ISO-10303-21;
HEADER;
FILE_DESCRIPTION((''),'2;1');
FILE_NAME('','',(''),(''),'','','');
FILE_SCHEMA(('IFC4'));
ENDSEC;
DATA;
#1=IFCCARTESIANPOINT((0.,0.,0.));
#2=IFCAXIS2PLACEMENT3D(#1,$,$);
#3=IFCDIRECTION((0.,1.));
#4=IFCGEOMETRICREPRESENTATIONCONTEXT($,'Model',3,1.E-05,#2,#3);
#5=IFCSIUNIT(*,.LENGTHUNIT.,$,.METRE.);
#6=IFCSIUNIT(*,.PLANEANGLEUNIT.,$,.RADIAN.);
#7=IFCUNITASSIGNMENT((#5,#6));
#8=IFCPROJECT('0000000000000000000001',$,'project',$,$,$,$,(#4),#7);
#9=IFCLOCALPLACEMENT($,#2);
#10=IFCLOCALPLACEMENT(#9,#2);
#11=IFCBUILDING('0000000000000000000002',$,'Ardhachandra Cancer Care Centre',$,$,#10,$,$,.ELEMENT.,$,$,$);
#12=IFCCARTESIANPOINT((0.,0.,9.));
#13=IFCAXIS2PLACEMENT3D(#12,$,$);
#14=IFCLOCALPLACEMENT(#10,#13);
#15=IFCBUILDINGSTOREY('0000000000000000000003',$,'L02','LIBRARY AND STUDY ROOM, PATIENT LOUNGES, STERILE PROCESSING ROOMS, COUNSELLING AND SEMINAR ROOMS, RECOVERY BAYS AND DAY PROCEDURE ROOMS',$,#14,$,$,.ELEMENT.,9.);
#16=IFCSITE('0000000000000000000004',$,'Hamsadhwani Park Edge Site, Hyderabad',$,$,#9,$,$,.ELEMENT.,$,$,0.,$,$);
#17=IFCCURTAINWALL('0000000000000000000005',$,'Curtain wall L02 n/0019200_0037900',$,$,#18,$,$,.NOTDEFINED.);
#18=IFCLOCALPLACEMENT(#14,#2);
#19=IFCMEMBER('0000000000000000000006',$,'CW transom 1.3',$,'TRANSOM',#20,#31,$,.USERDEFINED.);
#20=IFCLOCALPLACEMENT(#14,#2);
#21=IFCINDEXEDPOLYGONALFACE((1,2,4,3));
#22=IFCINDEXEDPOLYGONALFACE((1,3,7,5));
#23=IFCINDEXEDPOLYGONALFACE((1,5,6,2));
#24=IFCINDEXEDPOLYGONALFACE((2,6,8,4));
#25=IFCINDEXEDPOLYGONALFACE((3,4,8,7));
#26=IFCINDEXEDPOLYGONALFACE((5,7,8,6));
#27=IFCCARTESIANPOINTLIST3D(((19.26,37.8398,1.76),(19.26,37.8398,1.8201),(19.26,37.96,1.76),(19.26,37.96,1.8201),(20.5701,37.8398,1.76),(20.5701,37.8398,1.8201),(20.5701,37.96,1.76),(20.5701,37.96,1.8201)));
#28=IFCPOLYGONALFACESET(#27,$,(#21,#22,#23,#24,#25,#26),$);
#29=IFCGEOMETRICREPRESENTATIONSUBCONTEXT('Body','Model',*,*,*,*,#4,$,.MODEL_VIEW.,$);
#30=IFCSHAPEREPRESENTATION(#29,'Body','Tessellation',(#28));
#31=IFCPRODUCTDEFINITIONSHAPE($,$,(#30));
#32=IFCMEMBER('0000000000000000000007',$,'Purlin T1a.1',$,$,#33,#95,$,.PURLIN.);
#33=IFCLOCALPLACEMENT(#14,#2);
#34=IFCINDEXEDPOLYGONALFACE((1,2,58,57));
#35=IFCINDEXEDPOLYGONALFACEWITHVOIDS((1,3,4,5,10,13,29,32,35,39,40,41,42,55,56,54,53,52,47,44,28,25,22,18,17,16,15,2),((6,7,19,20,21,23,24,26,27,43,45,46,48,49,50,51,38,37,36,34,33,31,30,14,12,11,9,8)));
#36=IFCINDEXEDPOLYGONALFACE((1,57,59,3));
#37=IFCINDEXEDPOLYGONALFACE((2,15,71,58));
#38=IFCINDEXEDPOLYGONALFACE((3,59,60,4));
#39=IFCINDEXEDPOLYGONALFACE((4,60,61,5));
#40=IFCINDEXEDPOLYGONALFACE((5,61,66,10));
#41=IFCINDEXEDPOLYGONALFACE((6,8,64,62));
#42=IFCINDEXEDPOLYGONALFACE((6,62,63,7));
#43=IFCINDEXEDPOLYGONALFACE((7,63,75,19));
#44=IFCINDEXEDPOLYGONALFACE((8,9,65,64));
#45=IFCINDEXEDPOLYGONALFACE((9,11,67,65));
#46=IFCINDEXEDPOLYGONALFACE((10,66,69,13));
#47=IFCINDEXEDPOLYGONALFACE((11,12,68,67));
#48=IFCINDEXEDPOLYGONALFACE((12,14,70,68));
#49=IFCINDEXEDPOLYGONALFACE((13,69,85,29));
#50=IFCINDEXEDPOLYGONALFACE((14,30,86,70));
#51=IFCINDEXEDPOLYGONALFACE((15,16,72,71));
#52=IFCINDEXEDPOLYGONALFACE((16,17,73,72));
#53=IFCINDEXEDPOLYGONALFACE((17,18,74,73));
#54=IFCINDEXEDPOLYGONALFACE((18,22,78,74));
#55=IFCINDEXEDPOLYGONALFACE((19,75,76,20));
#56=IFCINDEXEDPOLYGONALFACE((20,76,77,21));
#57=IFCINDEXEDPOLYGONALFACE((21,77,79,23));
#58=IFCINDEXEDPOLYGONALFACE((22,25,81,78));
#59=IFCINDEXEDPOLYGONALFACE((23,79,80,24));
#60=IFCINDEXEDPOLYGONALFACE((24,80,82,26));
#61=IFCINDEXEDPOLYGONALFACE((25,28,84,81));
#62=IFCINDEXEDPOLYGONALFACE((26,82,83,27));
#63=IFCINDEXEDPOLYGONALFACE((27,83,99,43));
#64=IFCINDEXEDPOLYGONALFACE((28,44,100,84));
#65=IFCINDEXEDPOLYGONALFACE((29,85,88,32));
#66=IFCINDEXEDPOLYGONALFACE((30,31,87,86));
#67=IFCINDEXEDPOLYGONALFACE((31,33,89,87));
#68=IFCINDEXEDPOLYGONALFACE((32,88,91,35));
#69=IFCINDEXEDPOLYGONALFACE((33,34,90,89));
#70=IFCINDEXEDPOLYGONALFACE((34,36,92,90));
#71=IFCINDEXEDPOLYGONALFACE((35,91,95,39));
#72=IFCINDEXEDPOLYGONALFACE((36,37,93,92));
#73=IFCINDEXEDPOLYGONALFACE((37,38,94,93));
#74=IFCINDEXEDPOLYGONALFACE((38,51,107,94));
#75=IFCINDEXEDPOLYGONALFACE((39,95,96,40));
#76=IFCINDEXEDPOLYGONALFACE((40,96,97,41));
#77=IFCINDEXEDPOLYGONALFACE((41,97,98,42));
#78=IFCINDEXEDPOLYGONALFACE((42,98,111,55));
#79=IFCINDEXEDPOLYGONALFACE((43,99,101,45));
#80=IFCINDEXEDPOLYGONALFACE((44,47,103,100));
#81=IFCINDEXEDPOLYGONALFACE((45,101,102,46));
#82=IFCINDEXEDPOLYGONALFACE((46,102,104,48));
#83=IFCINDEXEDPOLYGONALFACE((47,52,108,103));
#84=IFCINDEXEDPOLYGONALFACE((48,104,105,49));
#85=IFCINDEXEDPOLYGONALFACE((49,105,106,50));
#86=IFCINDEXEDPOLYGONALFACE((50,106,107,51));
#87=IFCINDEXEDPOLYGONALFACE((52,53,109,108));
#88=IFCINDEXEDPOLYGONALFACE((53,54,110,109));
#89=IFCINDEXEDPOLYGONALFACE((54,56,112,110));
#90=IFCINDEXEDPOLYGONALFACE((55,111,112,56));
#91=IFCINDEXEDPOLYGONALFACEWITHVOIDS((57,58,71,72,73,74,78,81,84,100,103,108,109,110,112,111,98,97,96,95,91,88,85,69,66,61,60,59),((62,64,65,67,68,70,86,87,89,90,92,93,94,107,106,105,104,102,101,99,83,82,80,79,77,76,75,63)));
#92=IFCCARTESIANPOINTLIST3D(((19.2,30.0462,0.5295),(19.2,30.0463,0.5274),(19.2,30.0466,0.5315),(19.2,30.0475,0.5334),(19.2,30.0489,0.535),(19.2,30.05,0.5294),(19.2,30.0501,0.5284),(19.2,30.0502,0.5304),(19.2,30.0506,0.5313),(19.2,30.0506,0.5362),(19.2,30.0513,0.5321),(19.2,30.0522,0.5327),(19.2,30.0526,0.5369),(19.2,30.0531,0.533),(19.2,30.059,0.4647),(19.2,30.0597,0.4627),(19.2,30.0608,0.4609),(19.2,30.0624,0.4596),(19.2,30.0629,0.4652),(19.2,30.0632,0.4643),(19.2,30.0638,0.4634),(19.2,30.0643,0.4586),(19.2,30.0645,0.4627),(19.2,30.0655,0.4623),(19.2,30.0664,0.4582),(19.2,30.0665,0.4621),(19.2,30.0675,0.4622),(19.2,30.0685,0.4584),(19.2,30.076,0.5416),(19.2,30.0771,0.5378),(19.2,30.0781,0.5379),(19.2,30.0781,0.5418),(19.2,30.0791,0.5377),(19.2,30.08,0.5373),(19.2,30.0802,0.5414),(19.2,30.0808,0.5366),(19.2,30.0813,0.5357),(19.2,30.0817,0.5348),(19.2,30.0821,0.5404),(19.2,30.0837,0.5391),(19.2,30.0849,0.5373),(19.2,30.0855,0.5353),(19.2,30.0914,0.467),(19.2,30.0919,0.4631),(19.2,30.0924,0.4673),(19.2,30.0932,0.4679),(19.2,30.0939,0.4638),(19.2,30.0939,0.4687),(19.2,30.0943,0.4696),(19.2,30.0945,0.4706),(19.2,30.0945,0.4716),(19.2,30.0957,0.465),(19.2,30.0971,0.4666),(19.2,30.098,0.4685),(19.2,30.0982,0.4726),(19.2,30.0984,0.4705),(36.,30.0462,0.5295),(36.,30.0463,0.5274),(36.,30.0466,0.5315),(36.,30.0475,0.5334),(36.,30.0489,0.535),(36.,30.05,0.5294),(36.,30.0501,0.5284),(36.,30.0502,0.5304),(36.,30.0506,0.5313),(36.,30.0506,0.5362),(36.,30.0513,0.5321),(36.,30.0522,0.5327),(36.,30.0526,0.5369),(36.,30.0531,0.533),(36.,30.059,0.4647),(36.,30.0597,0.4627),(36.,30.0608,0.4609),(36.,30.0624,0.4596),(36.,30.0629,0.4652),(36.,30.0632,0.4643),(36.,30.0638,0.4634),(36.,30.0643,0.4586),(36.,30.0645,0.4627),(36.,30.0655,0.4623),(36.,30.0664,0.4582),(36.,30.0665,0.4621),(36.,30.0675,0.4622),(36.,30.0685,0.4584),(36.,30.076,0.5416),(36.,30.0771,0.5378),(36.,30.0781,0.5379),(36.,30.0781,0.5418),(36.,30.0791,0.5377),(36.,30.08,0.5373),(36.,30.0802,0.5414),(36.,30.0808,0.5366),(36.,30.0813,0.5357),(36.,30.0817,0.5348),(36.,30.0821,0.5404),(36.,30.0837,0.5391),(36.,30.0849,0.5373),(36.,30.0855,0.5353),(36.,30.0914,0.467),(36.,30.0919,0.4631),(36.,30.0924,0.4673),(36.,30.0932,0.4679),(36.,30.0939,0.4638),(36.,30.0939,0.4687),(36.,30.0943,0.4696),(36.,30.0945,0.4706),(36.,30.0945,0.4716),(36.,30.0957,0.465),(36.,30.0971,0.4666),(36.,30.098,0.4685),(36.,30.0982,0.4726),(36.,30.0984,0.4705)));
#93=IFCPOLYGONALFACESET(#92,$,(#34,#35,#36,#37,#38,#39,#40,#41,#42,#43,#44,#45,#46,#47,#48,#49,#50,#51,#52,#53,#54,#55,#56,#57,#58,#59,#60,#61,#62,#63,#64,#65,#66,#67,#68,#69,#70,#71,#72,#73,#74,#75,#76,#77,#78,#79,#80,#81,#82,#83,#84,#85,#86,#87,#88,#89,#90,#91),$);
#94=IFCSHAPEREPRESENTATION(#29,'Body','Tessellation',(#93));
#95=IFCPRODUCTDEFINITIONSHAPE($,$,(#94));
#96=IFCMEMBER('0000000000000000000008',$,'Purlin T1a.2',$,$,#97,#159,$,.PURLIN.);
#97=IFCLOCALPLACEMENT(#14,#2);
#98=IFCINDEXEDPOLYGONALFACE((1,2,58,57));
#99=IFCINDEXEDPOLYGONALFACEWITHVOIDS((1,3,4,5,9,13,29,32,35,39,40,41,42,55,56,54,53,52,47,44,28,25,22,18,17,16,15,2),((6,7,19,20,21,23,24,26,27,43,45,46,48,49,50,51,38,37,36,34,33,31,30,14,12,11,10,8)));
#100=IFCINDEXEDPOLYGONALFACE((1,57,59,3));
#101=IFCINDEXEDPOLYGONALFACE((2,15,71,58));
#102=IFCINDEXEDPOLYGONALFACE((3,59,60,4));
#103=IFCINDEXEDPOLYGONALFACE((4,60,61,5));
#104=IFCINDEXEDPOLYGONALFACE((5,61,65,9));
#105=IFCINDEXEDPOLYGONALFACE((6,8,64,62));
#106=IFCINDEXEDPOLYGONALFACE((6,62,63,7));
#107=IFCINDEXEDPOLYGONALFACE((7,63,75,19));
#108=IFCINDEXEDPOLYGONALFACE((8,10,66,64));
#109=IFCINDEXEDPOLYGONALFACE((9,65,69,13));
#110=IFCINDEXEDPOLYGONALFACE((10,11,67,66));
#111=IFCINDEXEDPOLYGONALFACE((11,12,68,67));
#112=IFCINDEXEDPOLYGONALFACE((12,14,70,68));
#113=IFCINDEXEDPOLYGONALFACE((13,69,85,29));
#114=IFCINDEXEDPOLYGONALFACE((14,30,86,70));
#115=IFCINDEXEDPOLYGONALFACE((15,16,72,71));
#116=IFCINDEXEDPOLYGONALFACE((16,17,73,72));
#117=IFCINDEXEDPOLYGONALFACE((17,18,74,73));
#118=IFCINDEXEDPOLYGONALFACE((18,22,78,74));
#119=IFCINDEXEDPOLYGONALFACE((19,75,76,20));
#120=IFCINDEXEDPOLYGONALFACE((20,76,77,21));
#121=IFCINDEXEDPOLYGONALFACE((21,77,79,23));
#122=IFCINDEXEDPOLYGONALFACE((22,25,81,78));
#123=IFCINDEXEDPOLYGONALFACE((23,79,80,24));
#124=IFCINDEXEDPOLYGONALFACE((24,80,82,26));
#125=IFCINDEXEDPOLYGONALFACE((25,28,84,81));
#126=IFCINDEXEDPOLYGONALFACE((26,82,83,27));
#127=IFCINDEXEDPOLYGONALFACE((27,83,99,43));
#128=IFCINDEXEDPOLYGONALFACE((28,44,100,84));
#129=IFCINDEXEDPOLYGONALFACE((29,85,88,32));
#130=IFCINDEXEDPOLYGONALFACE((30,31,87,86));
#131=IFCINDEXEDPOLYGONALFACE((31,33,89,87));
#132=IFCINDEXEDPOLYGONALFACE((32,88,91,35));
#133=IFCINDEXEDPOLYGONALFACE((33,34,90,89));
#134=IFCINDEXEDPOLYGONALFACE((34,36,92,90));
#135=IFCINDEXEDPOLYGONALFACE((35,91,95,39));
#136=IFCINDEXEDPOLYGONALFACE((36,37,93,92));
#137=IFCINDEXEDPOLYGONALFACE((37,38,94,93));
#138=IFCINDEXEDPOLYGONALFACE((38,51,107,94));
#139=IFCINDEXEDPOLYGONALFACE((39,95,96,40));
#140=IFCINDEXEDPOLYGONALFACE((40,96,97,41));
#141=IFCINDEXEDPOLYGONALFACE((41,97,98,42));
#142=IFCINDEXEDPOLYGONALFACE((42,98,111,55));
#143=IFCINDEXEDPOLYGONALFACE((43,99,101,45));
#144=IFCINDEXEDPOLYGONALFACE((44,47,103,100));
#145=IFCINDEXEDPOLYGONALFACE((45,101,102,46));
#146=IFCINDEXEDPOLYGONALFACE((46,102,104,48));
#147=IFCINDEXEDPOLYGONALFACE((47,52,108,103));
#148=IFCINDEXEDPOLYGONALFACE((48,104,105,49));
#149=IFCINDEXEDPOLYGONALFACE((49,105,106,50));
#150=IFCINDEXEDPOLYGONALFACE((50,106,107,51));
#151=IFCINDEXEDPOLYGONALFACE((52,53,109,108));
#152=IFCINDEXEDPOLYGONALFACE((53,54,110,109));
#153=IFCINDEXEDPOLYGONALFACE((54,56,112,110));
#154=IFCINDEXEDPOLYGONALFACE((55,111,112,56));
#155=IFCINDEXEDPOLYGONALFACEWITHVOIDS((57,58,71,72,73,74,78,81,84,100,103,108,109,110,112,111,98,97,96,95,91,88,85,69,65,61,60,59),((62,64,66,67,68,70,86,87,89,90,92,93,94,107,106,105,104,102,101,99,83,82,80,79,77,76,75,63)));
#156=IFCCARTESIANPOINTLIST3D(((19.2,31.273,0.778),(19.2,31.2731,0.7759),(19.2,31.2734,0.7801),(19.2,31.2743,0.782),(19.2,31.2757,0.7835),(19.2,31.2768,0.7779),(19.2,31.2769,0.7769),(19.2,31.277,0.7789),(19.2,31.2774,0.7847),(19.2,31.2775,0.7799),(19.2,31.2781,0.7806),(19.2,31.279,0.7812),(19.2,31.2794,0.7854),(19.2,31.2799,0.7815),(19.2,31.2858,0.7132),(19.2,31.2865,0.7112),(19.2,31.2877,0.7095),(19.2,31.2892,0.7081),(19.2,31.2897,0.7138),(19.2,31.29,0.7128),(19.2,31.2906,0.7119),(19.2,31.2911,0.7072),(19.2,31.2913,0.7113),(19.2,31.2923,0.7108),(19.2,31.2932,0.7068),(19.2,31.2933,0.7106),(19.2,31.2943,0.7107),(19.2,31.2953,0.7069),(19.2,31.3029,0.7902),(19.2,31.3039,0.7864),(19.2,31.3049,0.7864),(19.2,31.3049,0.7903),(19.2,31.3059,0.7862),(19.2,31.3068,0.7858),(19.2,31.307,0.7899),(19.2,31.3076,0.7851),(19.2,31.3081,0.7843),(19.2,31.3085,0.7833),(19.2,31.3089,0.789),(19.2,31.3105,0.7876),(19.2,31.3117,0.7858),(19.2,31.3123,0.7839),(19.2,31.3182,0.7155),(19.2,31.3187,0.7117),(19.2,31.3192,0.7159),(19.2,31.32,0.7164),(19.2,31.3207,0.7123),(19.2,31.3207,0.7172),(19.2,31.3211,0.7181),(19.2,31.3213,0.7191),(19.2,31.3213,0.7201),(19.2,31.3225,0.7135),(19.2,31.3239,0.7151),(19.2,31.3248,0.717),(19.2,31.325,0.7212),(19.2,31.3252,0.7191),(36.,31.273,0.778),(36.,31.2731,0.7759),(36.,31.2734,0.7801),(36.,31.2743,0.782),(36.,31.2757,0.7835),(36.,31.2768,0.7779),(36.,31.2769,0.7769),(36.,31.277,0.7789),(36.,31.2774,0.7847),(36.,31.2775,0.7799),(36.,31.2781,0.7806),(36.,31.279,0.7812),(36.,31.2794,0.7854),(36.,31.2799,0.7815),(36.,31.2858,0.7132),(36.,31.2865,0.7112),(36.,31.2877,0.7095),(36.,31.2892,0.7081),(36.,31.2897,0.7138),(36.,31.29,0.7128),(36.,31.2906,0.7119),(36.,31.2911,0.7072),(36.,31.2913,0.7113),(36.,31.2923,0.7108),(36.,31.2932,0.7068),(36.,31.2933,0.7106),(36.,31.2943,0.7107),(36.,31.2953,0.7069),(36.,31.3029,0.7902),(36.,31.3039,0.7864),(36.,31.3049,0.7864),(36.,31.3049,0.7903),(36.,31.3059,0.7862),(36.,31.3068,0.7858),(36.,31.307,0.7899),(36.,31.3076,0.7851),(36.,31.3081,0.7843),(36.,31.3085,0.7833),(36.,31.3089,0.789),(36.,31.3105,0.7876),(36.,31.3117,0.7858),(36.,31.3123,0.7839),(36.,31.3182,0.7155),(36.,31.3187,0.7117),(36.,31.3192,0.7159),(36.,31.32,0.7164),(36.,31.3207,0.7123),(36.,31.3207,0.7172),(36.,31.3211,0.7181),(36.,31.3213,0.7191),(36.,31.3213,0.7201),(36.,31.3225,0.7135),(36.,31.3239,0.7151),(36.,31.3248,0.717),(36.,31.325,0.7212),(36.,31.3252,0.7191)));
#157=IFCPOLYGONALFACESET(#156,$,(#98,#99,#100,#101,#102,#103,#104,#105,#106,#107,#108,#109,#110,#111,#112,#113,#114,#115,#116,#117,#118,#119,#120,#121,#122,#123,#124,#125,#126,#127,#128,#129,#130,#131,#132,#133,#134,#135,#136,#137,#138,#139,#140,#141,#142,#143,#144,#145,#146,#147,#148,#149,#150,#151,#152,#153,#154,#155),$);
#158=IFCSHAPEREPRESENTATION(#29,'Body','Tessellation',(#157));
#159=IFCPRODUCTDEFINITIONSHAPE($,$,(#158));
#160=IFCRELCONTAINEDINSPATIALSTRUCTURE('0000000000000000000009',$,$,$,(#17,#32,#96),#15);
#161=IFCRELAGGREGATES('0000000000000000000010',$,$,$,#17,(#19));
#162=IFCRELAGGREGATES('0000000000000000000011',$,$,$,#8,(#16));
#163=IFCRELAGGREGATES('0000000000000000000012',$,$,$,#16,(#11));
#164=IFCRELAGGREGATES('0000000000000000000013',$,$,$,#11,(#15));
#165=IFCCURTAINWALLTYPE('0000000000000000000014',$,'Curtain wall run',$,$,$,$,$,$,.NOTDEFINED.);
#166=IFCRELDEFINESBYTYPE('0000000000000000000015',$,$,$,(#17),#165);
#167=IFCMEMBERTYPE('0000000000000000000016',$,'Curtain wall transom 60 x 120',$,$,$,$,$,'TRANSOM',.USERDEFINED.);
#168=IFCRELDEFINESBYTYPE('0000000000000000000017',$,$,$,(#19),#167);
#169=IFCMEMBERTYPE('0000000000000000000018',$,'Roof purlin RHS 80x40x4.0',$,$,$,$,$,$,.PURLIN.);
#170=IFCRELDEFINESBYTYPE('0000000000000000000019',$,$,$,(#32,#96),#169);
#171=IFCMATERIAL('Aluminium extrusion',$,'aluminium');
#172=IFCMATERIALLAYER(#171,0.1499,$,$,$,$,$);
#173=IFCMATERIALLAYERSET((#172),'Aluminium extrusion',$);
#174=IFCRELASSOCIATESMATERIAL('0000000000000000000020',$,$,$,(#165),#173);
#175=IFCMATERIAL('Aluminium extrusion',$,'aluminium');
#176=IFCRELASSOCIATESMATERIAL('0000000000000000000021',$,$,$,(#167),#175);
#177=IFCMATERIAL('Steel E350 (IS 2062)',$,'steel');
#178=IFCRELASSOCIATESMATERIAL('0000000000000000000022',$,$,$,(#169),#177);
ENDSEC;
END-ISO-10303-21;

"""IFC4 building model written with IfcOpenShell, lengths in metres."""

from ifc_helpers import new_model, si_unit, direction, frame, origin, origin_2d, place, context, subcontext, project, spatial, rectangle, hollow_rectangle, extrude, material, layer, layer_set, material_profile, profile_set, type_object, element, aggregate, save


model = new_model("IFC4")

# Units and contexts
model_context = context("Model", 3, precision=1e-05, world=origin(), true_north=direction((0.0, 1.0)))
body_context = subcontext(model_context, "Body", "Model", "MODEL_VIEW")
ifc_project = project(units=[si_unit("LENGTHUNIT", "METRE"), si_unit("PLANEANGLEUNIT", "RADIAN")], contexts=[model_context])

# Site, building, storey
site_placement = place(None, origin())
site = spatial("IfcSite", under=ifc_project, at=site_placement, Name="Hamsadhwani Park Edge Site, Hyderabad", CompositionType="ELEMENT", RefElevation=0.0)
building_placement = place(site_placement, origin())
building = spatial("IfcBuilding", under=site, at=building_placement, Name="Ardhachandra Cancer Care Centre", CompositionType="ELEMENT")
storey_placement = place(building_placement, frame((0.0, 0.0, 9.0)))
storey = spatial("IfcBuildingStorey", under=building, at=storey_placement, Name="L02", Description="LIBRARY AND STUDY ROOM, PATIENT LOUNGES, STERILE PROCESSING ROOMS, COUNSELLING AND SEMINAR ROOMS, RECOVERY BAYS AND DAY PROCEDURE ROOMS", CompositionType="ELEMENT", Elevation=9.0)

# Curtain wall, member
ifc_material_1 = material(Name="Aluminium extrusion", Category="aluminium")
ifc_layer_1 = layer(ifc_material_1, 0.1499)
ifc_layer_set_1 = layer_set([ifc_layer_1], Name="Aluminium extrusion")
curtain_wall_type = type_object("IfcCurtainWallType", Name="Curtain wall run", PredefinedType="NOTDEFINED", material=ifc_layer_set_1)
curtain_wall_placement = place(storey_placement, origin())
curtain_wall = element("IfcCurtainWall", 1, at=curtain_wall_placement, inside=storey, type_object=curtain_wall_type, Name="Curtain wall L02 n/0019200_0037900", PredefinedType="NOTDEFINED")
ifc_material_2 = material(Name="Aluminium extrusion", Category="aluminium")
ifc_material_profile_1 = material_profile(ifc_material_2, rectangle(XDim=0.1201, YDim=0.0601, at=origin_2d()), Name="Curtain wall transom 60 x 120")
ifc_profile_set_1 = profile_set([ifc_material_profile_1], Name="Aluminium extrusion")
member_type_1 = type_object("IfcMemberType", Name="Curtain wall transom 60 x 120", ElementType="TRANSOM", PredefinedType="USERDEFINED", material=ifc_profile_set_1)
member_1_placement = place(storey_placement, frame((19.26, 37.8999, 1.79), z_axis=(1.0, 0.0, 0.0), x_axis=(0.0, 1.0, 0.0)))
member_1 = element("IfcMember", 2, at=member_1_placement, type_object=member_type_1, Name="CW transom 1.3", ObjectType="TRANSOM", PredefinedType="USERDEFINED", context=body_context, shape_type="SweptSolid", body=[
    extrude(rectangle(XDim=0.1201, YDim=0.0601, at=origin_2d()), origin(), (0.0, 0.0, 1.0), 1.3101),
])
aggregate(curtain_wall, [member_1])

# Members
ifc_material_3 = material(Name="Steel E350 (IS 2062)", Category="steel")
ifc_material_profile_2 = material_profile(ifc_material_3, hollow_rectangle(XDim=0.04, YDim=0.0801, WallThickness=0.0039, InnerFilletRadius=0.0039, OuterFilletRadius=0.0081, at=origin_2d()), Name="RHS 80x40x4.0")
ifc_profile_set_2 = profile_set([ifc_material_profile_2], Name="Steel E350 (IS 2062)")
member_type_2 = type_object("IfcMemberType", Name="Roof purlin RHS 80x40x4.0", PredefinedType="PURLIN", material=ifc_profile_set_2)
for number, where, z_axis, x_axis, name in (
    (3, (19.2, 30.0723, 0.5), (1.0, 0.0, 0.0), (0.0, 0.980107, 0.198472), "Purlin T1a.1"),
    (4, (19.2, 31.2991, 0.7485), (1.0, 0.0, 0.0), (0.0, 0.980107, 0.198472), "Purlin T1a.2"),
):
    element("IfcMember", number, at=place(storey_placement, frame(where, z_axis=z_axis, x_axis=x_axis)), inside=storey, type_object=member_type_2, Name=name, PredefinedType="PURLIN", context=body_context, shape_type="SweptSolid", body=[
        extrude(hollow_rectangle(XDim=0.04, YDim=0.0801, WallThickness=0.0039, InnerFilletRadius=0.0039, OuterFilletRadius=0.0081, at=origin_2d()), origin(), (0.0, 0.0, 1.0), 16.8),
    ])

save(model, "model.ifc")
